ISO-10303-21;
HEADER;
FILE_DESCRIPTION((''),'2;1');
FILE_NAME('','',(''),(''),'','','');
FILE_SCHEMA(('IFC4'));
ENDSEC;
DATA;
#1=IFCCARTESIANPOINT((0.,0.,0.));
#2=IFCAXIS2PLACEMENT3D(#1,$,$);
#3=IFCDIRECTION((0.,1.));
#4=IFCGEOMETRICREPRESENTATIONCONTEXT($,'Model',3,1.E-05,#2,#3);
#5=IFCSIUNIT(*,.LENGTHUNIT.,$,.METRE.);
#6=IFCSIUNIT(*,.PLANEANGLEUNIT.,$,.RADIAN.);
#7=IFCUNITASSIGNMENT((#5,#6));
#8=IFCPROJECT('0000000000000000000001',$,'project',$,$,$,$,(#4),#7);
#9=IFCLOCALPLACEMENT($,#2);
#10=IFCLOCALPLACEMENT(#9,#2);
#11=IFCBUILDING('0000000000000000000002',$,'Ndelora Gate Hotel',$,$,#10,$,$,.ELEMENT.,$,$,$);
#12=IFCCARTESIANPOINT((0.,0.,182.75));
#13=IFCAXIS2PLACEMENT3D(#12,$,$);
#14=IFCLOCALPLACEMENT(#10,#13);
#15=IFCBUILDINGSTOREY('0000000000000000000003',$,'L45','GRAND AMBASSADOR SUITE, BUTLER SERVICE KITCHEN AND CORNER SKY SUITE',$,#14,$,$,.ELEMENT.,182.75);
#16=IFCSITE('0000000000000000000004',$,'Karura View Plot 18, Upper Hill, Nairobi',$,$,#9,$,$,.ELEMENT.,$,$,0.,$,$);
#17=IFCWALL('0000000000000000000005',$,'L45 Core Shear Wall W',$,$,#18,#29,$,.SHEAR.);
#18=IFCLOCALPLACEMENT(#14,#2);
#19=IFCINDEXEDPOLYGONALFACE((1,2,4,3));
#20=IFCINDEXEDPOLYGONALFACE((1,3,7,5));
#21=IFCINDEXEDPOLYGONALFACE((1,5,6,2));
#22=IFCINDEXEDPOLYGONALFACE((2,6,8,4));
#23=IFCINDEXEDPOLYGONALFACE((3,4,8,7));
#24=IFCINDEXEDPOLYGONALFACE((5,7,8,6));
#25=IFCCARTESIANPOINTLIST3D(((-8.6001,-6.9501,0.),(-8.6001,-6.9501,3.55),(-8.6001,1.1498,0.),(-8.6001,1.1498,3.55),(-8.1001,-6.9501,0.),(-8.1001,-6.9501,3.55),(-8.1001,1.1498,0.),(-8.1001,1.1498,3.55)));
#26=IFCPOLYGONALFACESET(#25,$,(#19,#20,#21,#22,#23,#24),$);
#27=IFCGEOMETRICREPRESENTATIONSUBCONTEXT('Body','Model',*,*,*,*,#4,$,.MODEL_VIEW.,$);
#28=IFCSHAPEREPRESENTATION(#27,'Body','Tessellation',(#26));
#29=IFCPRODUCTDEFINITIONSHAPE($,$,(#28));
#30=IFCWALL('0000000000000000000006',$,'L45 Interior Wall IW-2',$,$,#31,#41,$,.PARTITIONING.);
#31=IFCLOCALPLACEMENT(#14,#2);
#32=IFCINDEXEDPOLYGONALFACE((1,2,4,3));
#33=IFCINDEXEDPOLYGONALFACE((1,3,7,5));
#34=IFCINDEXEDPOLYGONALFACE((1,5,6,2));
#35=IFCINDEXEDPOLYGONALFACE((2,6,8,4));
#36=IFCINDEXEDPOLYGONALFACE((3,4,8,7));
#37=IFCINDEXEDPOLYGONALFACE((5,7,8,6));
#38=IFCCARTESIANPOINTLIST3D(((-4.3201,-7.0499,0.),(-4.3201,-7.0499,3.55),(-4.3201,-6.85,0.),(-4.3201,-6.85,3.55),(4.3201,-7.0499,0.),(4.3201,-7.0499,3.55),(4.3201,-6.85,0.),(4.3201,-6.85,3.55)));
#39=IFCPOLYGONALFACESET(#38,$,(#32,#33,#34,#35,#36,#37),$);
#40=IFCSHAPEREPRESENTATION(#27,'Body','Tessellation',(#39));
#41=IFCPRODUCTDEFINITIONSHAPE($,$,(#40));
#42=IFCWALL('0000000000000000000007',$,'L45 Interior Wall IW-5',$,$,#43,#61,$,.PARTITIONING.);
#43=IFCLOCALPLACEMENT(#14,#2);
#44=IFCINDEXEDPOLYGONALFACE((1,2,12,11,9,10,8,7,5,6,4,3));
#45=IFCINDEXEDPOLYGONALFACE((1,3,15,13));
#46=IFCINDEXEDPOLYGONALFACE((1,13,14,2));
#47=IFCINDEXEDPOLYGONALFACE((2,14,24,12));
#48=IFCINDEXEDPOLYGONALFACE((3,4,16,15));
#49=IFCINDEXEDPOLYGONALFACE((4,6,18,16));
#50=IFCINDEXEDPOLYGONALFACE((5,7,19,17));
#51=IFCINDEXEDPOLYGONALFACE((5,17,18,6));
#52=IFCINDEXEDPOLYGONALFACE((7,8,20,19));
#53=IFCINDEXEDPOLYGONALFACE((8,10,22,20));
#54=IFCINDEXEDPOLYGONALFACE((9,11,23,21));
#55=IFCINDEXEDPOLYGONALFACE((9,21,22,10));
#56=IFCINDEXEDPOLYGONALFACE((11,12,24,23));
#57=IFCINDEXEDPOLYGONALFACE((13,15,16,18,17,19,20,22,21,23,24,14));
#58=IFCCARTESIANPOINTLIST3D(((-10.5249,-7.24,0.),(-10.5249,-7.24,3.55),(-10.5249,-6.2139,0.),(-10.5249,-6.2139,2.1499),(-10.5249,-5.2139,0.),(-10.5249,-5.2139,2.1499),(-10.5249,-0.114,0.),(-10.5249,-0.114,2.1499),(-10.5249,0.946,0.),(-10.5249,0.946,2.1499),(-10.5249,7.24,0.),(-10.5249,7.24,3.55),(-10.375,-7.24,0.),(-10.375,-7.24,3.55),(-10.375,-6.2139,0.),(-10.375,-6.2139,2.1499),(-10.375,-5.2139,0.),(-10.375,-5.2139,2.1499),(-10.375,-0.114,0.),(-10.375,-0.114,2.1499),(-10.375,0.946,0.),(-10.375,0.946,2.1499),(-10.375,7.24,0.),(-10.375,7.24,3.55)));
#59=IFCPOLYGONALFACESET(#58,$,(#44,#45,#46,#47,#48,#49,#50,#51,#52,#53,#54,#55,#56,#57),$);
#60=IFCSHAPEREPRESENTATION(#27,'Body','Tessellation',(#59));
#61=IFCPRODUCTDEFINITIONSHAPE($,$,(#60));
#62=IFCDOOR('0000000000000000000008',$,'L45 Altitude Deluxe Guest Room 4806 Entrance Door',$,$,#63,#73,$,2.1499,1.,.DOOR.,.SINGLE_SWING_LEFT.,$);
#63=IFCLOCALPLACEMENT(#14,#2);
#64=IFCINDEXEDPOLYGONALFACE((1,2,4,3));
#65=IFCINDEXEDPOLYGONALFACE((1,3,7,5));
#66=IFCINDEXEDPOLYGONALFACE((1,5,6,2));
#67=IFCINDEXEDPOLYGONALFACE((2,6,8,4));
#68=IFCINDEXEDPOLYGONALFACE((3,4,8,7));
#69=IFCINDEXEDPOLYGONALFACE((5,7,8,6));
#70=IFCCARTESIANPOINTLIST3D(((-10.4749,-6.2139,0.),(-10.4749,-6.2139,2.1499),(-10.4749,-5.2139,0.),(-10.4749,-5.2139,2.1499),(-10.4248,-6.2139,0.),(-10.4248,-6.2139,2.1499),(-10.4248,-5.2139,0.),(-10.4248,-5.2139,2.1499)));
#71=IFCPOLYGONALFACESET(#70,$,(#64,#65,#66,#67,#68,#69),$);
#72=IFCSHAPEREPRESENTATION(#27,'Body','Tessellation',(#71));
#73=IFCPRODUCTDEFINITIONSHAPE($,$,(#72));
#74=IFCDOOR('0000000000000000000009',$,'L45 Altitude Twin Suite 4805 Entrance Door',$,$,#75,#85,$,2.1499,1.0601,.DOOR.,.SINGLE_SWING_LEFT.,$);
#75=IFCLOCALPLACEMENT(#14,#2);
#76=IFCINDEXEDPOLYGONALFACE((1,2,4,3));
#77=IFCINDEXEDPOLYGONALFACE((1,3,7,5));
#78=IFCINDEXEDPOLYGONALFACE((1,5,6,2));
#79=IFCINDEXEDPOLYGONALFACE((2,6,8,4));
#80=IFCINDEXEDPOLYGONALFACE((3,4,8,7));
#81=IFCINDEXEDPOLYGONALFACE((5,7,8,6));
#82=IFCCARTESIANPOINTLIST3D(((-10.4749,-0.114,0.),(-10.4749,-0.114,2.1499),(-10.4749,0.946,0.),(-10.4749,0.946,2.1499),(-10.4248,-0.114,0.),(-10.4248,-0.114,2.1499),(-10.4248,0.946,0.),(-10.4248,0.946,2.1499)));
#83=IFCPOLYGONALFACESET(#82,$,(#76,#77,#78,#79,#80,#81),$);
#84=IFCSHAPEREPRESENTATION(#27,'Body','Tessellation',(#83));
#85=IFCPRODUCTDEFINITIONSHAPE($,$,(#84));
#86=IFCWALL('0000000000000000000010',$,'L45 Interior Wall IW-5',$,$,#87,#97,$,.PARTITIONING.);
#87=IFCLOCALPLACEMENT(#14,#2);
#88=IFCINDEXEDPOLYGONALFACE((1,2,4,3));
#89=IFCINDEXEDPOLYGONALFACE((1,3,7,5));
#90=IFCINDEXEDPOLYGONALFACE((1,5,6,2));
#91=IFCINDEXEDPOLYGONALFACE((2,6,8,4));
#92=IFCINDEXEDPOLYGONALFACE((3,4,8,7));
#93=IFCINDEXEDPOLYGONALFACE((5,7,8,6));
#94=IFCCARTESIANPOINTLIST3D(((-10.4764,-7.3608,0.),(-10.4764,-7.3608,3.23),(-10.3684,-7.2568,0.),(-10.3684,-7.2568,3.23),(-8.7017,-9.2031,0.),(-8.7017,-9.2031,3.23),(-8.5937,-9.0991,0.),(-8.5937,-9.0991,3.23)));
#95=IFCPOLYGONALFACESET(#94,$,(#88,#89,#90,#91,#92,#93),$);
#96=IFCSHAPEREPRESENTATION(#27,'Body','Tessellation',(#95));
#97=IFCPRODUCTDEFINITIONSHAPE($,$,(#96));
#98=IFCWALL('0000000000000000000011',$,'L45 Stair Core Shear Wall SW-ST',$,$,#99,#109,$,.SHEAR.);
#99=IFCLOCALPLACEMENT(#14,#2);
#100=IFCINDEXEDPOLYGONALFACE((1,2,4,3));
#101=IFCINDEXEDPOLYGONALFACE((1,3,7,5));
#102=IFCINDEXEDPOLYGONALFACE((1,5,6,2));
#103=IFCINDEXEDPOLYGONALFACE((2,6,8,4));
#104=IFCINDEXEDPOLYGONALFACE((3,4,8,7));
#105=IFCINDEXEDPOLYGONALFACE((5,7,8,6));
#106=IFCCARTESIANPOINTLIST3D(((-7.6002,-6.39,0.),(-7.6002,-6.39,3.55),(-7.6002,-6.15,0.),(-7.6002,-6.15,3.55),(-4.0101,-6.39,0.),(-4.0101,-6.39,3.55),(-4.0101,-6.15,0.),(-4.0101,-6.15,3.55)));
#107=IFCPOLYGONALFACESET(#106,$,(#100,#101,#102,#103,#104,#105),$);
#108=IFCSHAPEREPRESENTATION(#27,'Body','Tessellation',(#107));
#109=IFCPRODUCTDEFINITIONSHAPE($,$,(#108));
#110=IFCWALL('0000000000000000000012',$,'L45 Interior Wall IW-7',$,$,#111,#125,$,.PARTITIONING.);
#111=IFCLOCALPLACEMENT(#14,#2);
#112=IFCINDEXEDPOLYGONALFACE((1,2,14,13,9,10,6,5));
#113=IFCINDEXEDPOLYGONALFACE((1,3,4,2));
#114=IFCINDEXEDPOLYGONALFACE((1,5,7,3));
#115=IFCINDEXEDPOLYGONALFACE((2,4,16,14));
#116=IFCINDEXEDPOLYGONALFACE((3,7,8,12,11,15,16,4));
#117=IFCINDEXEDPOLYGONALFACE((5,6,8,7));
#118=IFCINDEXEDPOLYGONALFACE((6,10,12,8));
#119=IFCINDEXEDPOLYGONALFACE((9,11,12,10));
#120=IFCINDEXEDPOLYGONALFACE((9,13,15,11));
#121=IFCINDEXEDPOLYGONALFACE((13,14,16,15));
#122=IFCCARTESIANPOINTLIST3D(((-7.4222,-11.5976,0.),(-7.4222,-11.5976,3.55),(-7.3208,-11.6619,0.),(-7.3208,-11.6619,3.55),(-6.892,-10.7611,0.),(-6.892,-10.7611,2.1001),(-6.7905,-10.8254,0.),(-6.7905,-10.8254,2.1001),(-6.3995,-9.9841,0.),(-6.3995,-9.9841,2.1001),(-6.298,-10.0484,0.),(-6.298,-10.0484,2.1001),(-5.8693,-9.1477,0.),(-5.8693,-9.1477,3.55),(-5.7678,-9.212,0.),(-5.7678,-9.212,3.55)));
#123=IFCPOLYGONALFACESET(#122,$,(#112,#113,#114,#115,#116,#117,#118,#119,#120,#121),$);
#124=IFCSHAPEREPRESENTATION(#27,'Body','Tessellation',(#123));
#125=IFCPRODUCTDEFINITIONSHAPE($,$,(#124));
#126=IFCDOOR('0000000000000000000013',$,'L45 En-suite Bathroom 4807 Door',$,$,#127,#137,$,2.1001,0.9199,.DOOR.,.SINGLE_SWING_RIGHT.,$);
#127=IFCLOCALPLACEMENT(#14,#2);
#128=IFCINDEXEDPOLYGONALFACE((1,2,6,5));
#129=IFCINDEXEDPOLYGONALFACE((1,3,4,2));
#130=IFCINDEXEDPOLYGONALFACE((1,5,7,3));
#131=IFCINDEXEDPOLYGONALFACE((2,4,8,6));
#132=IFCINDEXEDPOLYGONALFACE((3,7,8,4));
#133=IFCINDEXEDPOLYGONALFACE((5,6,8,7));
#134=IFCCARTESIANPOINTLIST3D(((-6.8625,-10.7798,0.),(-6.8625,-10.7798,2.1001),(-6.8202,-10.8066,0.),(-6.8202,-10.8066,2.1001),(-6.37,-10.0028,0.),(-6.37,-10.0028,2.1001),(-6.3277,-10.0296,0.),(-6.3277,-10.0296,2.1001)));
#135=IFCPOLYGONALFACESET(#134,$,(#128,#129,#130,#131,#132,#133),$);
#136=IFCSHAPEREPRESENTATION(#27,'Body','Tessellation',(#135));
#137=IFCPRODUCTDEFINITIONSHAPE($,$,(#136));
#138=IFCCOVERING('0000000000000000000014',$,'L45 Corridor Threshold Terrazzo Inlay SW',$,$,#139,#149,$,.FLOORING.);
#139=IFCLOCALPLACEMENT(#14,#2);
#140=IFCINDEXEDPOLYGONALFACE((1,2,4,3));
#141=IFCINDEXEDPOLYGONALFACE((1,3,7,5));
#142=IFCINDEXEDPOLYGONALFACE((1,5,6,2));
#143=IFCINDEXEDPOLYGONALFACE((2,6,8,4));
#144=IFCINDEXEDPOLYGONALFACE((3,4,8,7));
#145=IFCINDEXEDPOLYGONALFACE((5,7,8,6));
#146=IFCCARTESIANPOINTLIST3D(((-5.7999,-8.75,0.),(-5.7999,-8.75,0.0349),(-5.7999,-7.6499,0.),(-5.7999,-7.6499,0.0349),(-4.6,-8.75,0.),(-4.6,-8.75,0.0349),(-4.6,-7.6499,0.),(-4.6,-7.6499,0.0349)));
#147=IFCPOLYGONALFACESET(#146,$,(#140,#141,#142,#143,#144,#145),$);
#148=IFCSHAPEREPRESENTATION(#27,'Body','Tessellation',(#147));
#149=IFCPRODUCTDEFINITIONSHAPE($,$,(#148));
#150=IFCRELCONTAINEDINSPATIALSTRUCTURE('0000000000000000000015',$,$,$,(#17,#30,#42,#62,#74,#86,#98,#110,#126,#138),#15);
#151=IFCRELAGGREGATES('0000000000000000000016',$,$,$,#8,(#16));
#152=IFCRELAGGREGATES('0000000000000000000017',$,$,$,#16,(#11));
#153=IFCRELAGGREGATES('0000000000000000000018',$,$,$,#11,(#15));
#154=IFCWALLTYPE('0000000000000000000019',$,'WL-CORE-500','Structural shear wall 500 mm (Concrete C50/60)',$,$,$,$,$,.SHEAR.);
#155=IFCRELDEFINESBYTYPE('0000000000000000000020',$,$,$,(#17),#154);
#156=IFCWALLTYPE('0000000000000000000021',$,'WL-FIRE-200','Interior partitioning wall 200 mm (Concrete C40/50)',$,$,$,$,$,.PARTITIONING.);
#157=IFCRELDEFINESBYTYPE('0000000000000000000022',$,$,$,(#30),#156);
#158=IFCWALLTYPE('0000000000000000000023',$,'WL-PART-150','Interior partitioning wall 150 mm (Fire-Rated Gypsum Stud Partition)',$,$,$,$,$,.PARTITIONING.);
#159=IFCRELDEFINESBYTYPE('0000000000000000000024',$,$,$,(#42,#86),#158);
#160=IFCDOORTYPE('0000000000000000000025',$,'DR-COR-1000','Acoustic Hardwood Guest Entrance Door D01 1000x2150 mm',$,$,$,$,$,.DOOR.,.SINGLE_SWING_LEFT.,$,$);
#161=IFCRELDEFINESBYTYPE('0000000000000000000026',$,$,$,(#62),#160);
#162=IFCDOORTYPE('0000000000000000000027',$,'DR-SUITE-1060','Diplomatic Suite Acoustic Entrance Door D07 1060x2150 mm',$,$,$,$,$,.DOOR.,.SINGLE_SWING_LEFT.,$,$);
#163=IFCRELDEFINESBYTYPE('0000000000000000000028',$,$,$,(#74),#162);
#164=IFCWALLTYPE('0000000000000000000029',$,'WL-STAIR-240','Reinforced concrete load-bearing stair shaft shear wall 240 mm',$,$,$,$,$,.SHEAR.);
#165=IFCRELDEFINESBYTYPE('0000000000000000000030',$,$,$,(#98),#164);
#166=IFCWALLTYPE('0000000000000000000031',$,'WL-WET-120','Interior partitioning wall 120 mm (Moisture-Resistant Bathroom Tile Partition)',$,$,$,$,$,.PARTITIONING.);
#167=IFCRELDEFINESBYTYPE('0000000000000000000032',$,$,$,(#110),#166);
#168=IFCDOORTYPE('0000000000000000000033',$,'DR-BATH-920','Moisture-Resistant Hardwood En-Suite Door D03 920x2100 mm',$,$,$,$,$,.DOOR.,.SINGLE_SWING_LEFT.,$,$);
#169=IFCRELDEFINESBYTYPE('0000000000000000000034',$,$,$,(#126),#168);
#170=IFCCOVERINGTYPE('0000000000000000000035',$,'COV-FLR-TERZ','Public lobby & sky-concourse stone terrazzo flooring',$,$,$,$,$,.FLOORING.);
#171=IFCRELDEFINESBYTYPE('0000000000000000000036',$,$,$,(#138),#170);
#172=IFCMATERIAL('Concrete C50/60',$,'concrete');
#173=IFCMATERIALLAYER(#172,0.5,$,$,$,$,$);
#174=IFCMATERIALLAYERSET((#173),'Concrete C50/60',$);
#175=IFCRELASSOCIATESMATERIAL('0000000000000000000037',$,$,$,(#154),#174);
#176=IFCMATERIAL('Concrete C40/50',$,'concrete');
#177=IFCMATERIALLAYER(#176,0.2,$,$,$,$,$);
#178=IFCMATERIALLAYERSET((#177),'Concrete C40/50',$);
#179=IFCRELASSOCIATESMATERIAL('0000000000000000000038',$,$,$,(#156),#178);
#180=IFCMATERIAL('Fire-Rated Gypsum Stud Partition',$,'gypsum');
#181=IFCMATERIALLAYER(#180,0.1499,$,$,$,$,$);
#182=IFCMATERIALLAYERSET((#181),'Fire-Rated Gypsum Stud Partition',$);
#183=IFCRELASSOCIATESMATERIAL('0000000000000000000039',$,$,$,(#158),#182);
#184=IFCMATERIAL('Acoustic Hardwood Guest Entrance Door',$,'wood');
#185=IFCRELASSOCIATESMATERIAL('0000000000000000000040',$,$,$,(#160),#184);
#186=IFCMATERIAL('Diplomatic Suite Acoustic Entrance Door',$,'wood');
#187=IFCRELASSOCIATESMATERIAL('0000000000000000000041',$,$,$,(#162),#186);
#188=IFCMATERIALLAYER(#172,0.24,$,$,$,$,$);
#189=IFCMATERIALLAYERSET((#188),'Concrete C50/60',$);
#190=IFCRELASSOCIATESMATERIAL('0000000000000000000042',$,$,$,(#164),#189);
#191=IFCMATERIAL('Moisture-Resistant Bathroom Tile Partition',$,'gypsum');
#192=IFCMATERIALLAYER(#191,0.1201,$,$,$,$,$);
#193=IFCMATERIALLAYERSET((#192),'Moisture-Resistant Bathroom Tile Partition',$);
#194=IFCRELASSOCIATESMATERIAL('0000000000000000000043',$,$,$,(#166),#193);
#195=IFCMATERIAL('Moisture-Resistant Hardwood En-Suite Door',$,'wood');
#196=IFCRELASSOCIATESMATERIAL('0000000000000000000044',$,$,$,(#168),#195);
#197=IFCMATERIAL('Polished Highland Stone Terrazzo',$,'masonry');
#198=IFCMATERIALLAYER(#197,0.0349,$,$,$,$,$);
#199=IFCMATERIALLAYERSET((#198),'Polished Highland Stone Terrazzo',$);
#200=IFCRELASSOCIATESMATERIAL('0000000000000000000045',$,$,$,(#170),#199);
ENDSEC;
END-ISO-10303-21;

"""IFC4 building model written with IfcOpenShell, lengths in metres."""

from ifc_helpers import new_model, si_unit, direction, frame, frame_2d, origin, origin_2d, place, context, subcontext, project, spatial, rectangle, extrude, material, layer, layer_set, type_object, element, fill, save


model = new_model("IFC4")

# Units and contexts
model_context = context("Model", 3, precision=1e-05, world=origin(), true_north=direction((0.0, 1.0)))
body_context = subcontext(model_context, "Body", "Model", "MODEL_VIEW")
ifc_project = project(units=[si_unit("LENGTHUNIT", "METRE"), si_unit("PLANEANGLEUNIT", "RADIAN")], contexts=[model_context])

# Site, building, storey
site_placement = place(None, origin())
site = spatial("IfcSite", under=ifc_project, at=site_placement, Name="Karura View Plot 18, Upper Hill, Nairobi", CompositionType="ELEMENT", RefElevation=0.0)
building_placement = place(site_placement, origin())
building = spatial("IfcBuilding", under=site, at=building_placement, Name="Ndelora Gate Hotel", CompositionType="ELEMENT")
storey_placement = place(building_placement, frame((0.0, 0.0, 182.75)))
storey = spatial("IfcBuildingStorey", under=building, at=storey_placement, Name="L45", Description="GRAND AMBASSADOR SUITE, BUTLER SERVICE KITCHEN AND CORNER SKY SUITE", CompositionType="ELEMENT", Elevation=182.75)

# Shared definitions
ifc_material_1 = material(Name="Concrete C50/60", Category="concrete")

# Walls
ifc_layer_1 = layer(ifc_material_1, 0.5)
ifc_layer_set_1 = layer_set([ifc_layer_1], Name="Concrete C50/60")
wall_type_1 = type_object("IfcWallType", Name="WL-CORE-500", Description="Structural shear wall 500 mm (Concrete C50/60)", PredefinedType="SHEAR", material=ifc_layer_set_1)
wall_1_placement = place(storey_placement, frame((-8.3501, -6.95, 0.0), z_axis=(0.0, 0.0, 1.0), x_axis=(0.0, 1.0, 0.0)))
element("IfcWall", 1, at=wall_1_placement, inside=storey, type_object=wall_type_1, Name="L45 Core Shear Wall W", PredefinedType="SHEAR", context=body_context, shape_type="SweptSolid", body=[
    extrude(rectangle(XDim=8.0999, YDim=0.5, at=frame_2d((4.0498, 0.0))), origin(), (0.0, 0.0, 1.0), 3.55),
])
ifc_material_2 = material(Name="Concrete C40/50", Category="concrete")
ifc_layer_2 = layer(ifc_material_2, 0.2)
ifc_layer_set_2 = layer_set([ifc_layer_2], Name="Concrete C40/50")
wall_type_2 = type_object("IfcWallType", Name="WL-FIRE-200", Description="Interior partitioning wall 200 mm (Concrete C40/50)", PredefinedType="PARTITIONING", material=ifc_layer_set_2)
wall_2_placement = place(storey_placement, frame((-4.3201, -6.95, 0.0), z_axis=(0.0, 0.0, 1.0), x_axis=(1.0, 0.0, 0.0)))
element("IfcWall", 2, at=wall_2_placement, inside=storey, type_object=wall_type_2, Name="L45 Interior Wall IW-2", PredefinedType="PARTITIONING", context=body_context, shape_type="SweptSolid", body=[
    extrude(rectangle(XDim=8.6401, YDim=0.2, at=frame_2d((4.3201, 0.0))), origin(), (0.0, 0.0, 1.0), 3.55),
])

# Wall, openings, doors
ifc_material_3 = material(Name="Fire-Rated Gypsum Stud Partition", Category="gypsum")
ifc_layer_3 = layer(ifc_material_3, 0.1499)
ifc_layer_set_3 = layer_set([ifc_layer_3], Name="Fire-Rated Gypsum Stud Partition")
wall_type_3 = type_object("IfcWallType", Name="WL-PART-150", Description="Interior partitioning wall 150 mm (Fire-Rated Gypsum Stud Partition)", PredefinedType="PARTITIONING", material=ifc_layer_set_3)
wall_3_placement = place(storey_placement, frame((-10.45, -7.24, 0.0), z_axis=(0.0, 0.0, 1.0), x_axis=(0.0, 1.0, 0.0)))
wall_3 = element("IfcWall", 3, at=wall_3_placement, inside=storey, type_object=wall_type_3, Name="L45 Interior Wall IW-5", PredefinedType="PARTITIONING", context=body_context, shape_type="SweptSolid", body=[
    extrude(rectangle(XDim=14.48, YDim=0.1499, at=frame_2d((7.24, 0.0))), origin(), (0.0, 0.0, 1.0), 3.55),
])
opening_1_placement = place(wall_3_placement, frame((1.0261, 0.0, 0.0)))
opening_1 = element("IfcOpeningElement", 4, at=opening_1_placement, cuts=wall_3, PredefinedType="OPENING", context=body_context, shape_type="SweptSolid", body=[
    extrude(rectangle(XDim=1.0, YDim=2.1499, at=frame_2d((0.5, 1.075))), frame((0.0, 0.085, 0.0), z_axis=(0.0, -1.0, 0.0), x_axis=(1.0, 0.0, 0.0)), (0.0, 0.0, 1.0), 0.1699),
])
opening_2_placement = place(wall_3_placement, frame((7.126, 0.0, 0.0)))
opening_2 = element("IfcOpeningElement", 5, at=opening_2_placement, cuts=wall_3, PredefinedType="OPENING", context=body_context, shape_type="SweptSolid", body=[
    extrude(rectangle(XDim=1.0601, YDim=2.1499, at=frame_2d((0.53, 1.075))), frame((0.0, 0.085, 0.0), z_axis=(0.0, -1.0, 0.0), x_axis=(1.0, 0.0, 0.0)), (0.0, 0.0, 1.0), 0.1699),
])
ifc_material_4 = material(Name="Acoustic Hardwood Guest Entrance Door", Category="wood")
door_type_1 = type_object("IfcDoorType", Name="DR-COR-1000", Description="Acoustic Hardwood Guest Entrance Door D01 1000x2150 mm", OperationType="SINGLE_SWING_LEFT", PredefinedType="DOOR", material=ifc_material_4)
door_1_placement = place(opening_1_placement, origin())
door_1 = element("IfcDoor", 6, at=door_1_placement, inside=storey, type_object=door_type_1, Name="L45 Altitude Deluxe Guest Room 4806 Entrance Door", OperationType="SINGLE_SWING_LEFT", OverallHeight=2.1499, OverallWidth=1.0, PredefinedType="DOOR", context=body_context, shape_type="SweptSolid", body=[
    extrude(rectangle(XDim=1.0, YDim=2.1499, at=frame_2d((0.5, 1.075))), frame((0.0, 0.0249, 0.0), z_axis=(0.0, -1.0, 0.0), x_axis=(1.0, 0.0, 0.0)), (0.0, 0.0, 1.0), 0.05),
])
fill(opening_1, door_1)
ifc_material_5 = material(Name="Diplomatic Suite Acoustic Entrance Door", Category="wood")
door_type_2 = type_object("IfcDoorType", Name="DR-SUITE-1060", Description="Diplomatic Suite Acoustic Entrance Door D07 1060x2150 mm", OperationType="SINGLE_SWING_LEFT", PredefinedType="DOOR", material=ifc_material_5)
door_2_placement = place(opening_2_placement, origin())
door_2 = element("IfcDoor", 7, at=door_2_placement, inside=storey, type_object=door_type_2, Name="L45 Altitude Twin Suite 4805 Entrance Door", OperationType="SINGLE_SWING_LEFT", OverallHeight=2.1499, OverallWidth=1.0601, PredefinedType="DOOR", context=body_context, shape_type="SweptSolid", body=[
    extrude(rectangle(XDim=1.0601, YDim=2.1499, at=frame_2d((0.53, 1.075))), frame((0.0, 0.0249, 0.0), z_axis=(0.0, -1.0, 0.0), x_axis=(1.0, 0.0, 0.0)), (0.0, 0.0, 1.0), 0.05),
])
fill(opening_2, door_2)

# Walls
wall_4_placement = place(storey_placement, frame((-8.6477, -9.1511, 0.0), z_axis=(0.0, 0.0, 1.0), x_axis=(-0.693765, 0.720202, 0.0)))
element("IfcWall", 8, at=wall_4_placement, inside=storey, type_object=wall_type_3, Name="L45 Interior Wall IW-5", PredefinedType="PARTITIONING", context=body_context, shape_type="SweptSolid", body=[
    extrude(rectangle(XDim=2.5581, YDim=0.1499, at=frame_2d((1.2791, 0.0))), origin(), (0.0, 0.0, 1.0), 3.23),
])
ifc_layer_4 = layer(ifc_material_1, 0.24)
ifc_layer_set_4 = layer_set([ifc_layer_4], Name="Concrete C50/60")
wall_type_4 = type_object("IfcWallType", Name="WL-STAIR-240", Description="Reinforced concrete load-bearing stair shaft shear wall 240 mm", PredefinedType="SHEAR", material=ifc_layer_set_4)
wall_5_placement = place(storey_placement, frame((-7.6001, -6.27, 0.0), z_axis=(0.0, 0.0, 1.0), x_axis=(1.0, 0.0, 0.0)))
element("IfcWall", 9, at=wall_5_placement, inside=storey, type_object=wall_type_4, Name="L45 Stair Core Shear Wall SW-ST", PredefinedType="SHEAR", context=body_context, shape_type="SweptSolid", body=[
    extrude(rectangle(XDim=3.5901, YDim=0.24, at=frame_2d((1.7949, 0.0))), origin(), (0.0, 0.0, 1.0), 3.55),
])

# Wall, opening, door
ifc_material_6 = material(Name="Moisture-Resistant Bathroom Tile Partition", Category="gypsum")
ifc_layer_5 = layer(ifc_material_6, 0.1201)
ifc_layer_set_5 = layer_set([ifc_layer_5], Name="Moisture-Resistant Bathroom Tile Partition")
wall_type_5 = type_object("IfcWallType", Name="WL-WET-120", Description="Interior partitioning wall 120 mm (Moisture-Resistant Bathroom Tile Partition)", PredefinedType="PARTITIONING", material=ifc_layer_set_5)
wall_6_placement = place(storey_placement, frame((-5.8186, -9.1799, 0.0), z_axis=(0.0, 0.0, 1.0), x_axis=(-0.535382, -0.84461, 0.0)))
wall_6 = element("IfcWall", 10, at=wall_6_placement, inside=storey, type_object=wall_type_5, Name="L45 Interior Wall IW-7", PredefinedType="PARTITIONING", context=body_context, shape_type="SweptSolid", body=[
    extrude(rectangle(XDim=2.9006, YDim=0.1201, at=frame_2d((1.4502, 0.0))), origin(), (0.0, 0.0, 1.0), 3.55),
])
opening_3_placement = place(wall_6_placement, frame((0.9902, 0.0, 0.0)))
opening_3 = element("IfcOpeningElement", 11, at=opening_3_placement, cuts=wall_6, PredefinedType="OPENING", context=body_context, shape_type="SweptSolid", body=[
    extrude(rectangle(XDim=0.9199, YDim=2.1001, at=frame_2d((0.46, 1.05))), frame((0.0, 0.0701, 0.0), z_axis=(0.0, -1.0, 0.0), x_axis=(1.0, 0.0, 0.0)), (0.0, 0.0, 1.0), 0.1401),
])
ifc_material_7 = material(Name="Moisture-Resistant Hardwood En-Suite Door", Category="wood")
door_type_3 = type_object("IfcDoorType", Name="DR-BATH-920", Description="Moisture-Resistant Hardwood En-Suite Door D03 920x2100 mm", OperationType="SINGLE_SWING_LEFT", PredefinedType="DOOR", material=ifc_material_7)
door_3_placement = place(opening_3_placement, origin())
door_3 = element("IfcDoor", 12, at=door_3_placement, inside=storey, type_object=door_type_3, Name="L45 En-suite Bathroom 4807 Door", OperationType="SINGLE_SWING_RIGHT", OverallHeight=2.1001, OverallWidth=0.9199, PredefinedType="DOOR", context=body_context, shape_type="SweptSolid", body=[
    extrude(rectangle(XDim=0.9199, YDim=2.1001, at=frame_2d((0.46, 1.05))), frame((0.0, 0.0249, 0.0), z_axis=(0.0, -1.0, 0.0), x_axis=(1.0, 0.0, 0.0)), (0.0, 0.0, 1.0), 0.05),
])
fill(opening_3, door_3)

# Covering
ifc_material_8 = material(Name="Polished Highland Stone Terrazzo", Category="masonry")
ifc_layer_6 = layer(ifc_material_8, 0.0349)
ifc_layer_set_6 = layer_set([ifc_layer_6], Name="Polished Highland Stone Terrazzo")
covering_type = type_object("IfcCoveringType", Name="COV-FLR-TERZ", Description="Public lobby & sky-concourse stone terrazzo flooring", PredefinedType="FLOORING", material=ifc_layer_set_6)
covering_placement = place(storey_placement, frame((-5.2, -8.2, 0.0), z_axis=(0.0, 0.0, 1.0), x_axis=(1.0, 0.0, 0.0)))
element("IfcCovering", 13, at=covering_placement, inside=storey, type_object=covering_type, Name="L45 Corridor Threshold Terrazzo Inlay SW", PredefinedType="FLOORING", context=body_context, shape_type="SweptSolid", body=[
    extrude(rectangle(XDim=1.2, YDim=1.1001, at=origin_2d()), origin(), (0.0, 0.0, 1.0), 0.0349),
])

save(model, "model.ifc")
